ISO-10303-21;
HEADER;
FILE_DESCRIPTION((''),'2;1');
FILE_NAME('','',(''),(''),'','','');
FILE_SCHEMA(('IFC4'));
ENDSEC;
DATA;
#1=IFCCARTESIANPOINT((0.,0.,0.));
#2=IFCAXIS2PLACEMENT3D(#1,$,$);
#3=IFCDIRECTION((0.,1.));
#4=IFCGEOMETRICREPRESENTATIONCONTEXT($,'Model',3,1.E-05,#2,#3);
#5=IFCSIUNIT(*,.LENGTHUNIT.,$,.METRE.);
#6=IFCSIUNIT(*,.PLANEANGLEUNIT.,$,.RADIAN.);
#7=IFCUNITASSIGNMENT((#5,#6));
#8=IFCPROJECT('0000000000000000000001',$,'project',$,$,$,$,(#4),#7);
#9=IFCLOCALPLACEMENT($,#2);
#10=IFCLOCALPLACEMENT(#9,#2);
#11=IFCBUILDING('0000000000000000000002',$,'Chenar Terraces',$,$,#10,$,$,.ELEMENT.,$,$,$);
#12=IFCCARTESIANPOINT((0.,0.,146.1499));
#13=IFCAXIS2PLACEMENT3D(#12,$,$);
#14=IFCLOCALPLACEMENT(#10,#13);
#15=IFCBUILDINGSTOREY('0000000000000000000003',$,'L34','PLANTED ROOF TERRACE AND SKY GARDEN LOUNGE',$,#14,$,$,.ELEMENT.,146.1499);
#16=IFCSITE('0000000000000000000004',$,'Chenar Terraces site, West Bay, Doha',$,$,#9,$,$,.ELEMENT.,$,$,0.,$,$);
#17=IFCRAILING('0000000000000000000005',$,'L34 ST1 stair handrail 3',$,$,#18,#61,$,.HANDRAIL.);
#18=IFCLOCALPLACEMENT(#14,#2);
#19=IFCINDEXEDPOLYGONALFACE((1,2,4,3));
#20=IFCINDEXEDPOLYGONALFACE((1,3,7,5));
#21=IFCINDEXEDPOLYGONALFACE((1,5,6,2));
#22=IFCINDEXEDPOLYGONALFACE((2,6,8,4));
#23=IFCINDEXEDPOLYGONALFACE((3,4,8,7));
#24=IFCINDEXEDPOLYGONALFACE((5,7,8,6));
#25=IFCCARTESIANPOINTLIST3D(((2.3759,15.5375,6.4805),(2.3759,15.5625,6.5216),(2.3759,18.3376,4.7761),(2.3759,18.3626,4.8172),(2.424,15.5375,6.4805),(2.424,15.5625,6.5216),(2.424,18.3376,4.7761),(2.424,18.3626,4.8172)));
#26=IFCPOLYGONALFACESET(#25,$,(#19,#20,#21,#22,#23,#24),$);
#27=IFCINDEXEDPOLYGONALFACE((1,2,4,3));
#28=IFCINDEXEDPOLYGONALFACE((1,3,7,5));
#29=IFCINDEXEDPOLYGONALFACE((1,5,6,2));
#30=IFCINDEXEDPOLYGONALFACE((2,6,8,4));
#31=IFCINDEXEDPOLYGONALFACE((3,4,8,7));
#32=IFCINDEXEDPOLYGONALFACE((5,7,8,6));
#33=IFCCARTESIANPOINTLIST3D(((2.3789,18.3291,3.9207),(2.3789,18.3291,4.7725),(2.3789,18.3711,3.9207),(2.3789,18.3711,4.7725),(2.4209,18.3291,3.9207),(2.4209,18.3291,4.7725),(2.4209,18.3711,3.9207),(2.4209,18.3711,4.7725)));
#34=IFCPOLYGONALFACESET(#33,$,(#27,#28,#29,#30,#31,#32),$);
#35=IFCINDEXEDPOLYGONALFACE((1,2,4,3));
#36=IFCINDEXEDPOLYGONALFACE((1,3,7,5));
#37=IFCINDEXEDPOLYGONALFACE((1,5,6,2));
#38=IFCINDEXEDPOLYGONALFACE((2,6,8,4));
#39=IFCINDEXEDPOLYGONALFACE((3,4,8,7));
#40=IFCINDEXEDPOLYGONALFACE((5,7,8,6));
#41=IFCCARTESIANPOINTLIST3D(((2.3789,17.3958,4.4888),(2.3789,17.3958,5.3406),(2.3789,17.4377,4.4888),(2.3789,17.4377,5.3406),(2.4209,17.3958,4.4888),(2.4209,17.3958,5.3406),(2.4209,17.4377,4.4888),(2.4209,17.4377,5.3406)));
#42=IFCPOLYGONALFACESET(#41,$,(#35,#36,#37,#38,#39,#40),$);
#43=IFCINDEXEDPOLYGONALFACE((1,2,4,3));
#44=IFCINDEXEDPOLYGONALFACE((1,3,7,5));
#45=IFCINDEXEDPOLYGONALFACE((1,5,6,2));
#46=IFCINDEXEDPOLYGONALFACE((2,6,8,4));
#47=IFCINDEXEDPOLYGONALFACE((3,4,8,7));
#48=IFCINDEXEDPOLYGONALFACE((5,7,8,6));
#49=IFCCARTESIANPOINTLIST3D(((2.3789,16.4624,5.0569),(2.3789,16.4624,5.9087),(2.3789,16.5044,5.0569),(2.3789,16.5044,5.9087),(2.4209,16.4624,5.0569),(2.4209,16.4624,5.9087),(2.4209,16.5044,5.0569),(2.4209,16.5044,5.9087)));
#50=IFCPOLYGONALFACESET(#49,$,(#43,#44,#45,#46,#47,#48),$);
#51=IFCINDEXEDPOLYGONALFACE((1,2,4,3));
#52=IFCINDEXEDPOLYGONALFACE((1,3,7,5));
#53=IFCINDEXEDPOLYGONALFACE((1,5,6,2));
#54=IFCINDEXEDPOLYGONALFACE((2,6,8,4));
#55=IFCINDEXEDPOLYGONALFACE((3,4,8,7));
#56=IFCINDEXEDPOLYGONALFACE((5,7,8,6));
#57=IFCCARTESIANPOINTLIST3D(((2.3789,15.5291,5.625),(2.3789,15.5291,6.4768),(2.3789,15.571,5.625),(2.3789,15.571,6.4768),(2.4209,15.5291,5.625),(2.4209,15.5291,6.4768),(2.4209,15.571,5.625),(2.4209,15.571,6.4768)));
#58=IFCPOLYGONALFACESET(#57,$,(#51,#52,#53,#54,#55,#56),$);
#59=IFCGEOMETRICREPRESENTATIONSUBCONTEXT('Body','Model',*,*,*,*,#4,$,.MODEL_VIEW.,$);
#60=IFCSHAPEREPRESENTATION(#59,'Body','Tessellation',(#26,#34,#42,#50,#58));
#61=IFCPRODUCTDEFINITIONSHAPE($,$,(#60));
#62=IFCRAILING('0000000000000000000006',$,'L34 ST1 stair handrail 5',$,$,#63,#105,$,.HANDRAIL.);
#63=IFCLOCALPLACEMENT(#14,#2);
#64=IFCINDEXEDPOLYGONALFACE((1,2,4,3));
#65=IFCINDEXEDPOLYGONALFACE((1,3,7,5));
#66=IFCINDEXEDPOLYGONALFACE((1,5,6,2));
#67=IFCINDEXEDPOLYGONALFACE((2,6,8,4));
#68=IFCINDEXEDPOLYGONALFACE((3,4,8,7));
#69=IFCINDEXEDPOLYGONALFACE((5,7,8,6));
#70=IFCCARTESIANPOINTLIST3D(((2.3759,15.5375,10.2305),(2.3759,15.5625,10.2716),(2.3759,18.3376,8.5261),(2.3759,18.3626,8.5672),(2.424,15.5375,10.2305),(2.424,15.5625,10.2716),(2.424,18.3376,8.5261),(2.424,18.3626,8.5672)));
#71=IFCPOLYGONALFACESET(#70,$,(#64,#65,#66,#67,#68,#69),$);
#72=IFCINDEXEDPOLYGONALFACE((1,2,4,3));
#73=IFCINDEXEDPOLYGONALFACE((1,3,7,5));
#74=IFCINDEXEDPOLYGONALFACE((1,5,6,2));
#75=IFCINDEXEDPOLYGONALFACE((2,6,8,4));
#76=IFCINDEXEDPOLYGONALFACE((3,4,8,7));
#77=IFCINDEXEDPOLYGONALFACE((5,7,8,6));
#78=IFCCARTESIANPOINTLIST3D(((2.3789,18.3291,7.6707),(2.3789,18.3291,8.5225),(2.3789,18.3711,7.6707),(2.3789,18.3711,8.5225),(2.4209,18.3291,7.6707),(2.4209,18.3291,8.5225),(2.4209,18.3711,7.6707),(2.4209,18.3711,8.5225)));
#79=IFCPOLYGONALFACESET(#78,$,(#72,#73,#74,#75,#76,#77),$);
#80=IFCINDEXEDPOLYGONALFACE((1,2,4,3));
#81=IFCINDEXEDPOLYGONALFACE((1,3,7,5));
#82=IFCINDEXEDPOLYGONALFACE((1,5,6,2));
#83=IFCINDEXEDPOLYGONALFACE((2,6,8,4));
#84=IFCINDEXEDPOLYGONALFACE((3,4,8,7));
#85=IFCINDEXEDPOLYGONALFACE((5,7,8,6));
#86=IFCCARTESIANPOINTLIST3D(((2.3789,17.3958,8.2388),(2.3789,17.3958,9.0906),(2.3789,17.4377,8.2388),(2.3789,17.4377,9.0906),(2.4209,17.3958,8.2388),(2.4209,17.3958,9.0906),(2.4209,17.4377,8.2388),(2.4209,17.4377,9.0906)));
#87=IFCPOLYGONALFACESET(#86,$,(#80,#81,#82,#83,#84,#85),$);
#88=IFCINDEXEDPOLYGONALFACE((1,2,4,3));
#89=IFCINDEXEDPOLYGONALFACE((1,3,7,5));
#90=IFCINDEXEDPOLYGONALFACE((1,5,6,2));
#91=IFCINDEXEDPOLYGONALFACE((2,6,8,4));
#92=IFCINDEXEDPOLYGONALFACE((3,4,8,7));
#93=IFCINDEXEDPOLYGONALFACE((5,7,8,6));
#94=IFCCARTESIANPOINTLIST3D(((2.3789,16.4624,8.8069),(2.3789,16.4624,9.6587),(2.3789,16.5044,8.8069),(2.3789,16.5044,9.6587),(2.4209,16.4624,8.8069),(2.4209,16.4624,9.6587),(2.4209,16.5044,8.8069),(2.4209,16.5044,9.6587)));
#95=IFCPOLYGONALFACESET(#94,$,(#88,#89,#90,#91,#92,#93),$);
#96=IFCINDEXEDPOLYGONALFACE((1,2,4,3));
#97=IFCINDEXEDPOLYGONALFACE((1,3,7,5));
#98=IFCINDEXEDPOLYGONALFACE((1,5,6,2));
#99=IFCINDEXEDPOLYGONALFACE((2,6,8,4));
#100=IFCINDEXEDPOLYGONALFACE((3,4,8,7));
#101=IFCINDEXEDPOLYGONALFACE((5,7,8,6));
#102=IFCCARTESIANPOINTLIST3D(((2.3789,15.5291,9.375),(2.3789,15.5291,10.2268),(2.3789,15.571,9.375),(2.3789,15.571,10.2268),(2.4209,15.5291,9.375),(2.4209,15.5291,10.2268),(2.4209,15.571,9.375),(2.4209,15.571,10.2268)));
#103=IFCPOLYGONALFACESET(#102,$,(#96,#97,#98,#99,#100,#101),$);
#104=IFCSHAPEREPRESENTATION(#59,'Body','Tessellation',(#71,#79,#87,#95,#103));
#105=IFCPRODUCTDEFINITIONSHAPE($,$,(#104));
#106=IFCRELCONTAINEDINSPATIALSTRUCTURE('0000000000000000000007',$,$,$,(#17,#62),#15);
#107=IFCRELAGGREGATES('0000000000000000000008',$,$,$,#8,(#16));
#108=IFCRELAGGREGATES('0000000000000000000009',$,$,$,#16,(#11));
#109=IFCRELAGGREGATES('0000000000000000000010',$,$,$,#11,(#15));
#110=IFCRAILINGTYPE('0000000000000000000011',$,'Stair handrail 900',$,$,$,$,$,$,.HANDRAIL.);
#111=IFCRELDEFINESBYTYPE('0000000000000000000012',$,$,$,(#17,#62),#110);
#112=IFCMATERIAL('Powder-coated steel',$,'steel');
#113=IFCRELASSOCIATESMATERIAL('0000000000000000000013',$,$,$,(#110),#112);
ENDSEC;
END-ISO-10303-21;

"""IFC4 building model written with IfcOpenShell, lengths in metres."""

from ifc_helpers import new_model, si_unit, direction, frame, origin, origin_2d, place, context, subcontext, project, spatial, rectangle, extrude, material, type_object, element, save


model = new_model("IFC4")

# Units and contexts
model_context = context("Model", 3, precision=1e-05, world=origin(), true_north=direction((0.0, 1.0)))
body_context = subcontext(model_context, "Body", "Model", "MODEL_VIEW")
ifc_project = project(units=[si_unit("LENGTHUNIT", "METRE"), si_unit("PLANEANGLEUNIT", "RADIAN")], contexts=[model_context])

# Site, building, storey
site_placement = place(None, origin())
site = spatial("IfcSite", under=ifc_project, at=site_placement, Name="Chenar Terraces site, West Bay, Doha", CompositionType="ELEMENT", RefElevation=0.0)
building_placement = place(site_placement, origin())
building = spatial("IfcBuilding", under=site, at=building_placement, Name="Chenar Terraces", CompositionType="ELEMENT")
storey_placement = place(building_placement, frame((0.0, 0.0, 146.1499)))
storey = spatial("IfcBuildingStorey", under=building, at=storey_placement, Name="L34", Description="PLANTED ROOF TERRACE AND SKY GARDEN LOUNGE", CompositionType="ELEMENT", Elevation=146.1499)

# Railings
ifc_material_1 = material(Name="Powder-coated steel", Category="steel")
railing_type = type_object("IfcRailingType", Name="Stair handrail 900", PredefinedType="HANDRAIL", material=ifc_material_1)
for number, where, name in (
    (1, (2.3999, 18.3501, 3.9207), "L34 ST1 stair handrail 3"),
    (2, (2.3999, 18.3501, 7.6707), "L34 ST1 stair handrail 5"),
):
    element("IfcRailing", number, at=place(storey_placement, frame(where)), inside=storey, type_object=railing_type, Name=name, PredefinedType="HANDRAIL", context=body_context, shape_type="SweptSolid", body=[
        extrude(rectangle(XDim=0.0481, YDim=0.0481, at=origin_2d()), frame((0.0, 0.0, 0.876), z_axis=(0.0, -0.854203, 0.51994), x_axis=(1.0, 0.0, 0.0)), (0.0, 0.0, 1.0), 3.2781),
        extrude(rectangle(XDim=0.042, YDim=0.042, at=origin_2d()), origin(), (0.0, 0.0, 1.0), 0.8518),
        extrude(rectangle(XDim=0.042, YDim=0.042, at=origin_2d()), frame((0.0, -0.9333, 0.5681)), (0.0, 0.0, 1.0), 0.8518),
        extrude(rectangle(XDim=0.042, YDim=0.042, at=origin_2d()), frame((0.0, -1.8667, 1.1362)), (0.0, 0.0, 1.0), 0.8518),
        extrude(rectangle(XDim=0.042, YDim=0.042, at=origin_2d()), frame((0.0, -2.8, 1.7043)), (0.0, 0.0, 1.0), 0.8518),
    ])

save(model, "model.ifc")
